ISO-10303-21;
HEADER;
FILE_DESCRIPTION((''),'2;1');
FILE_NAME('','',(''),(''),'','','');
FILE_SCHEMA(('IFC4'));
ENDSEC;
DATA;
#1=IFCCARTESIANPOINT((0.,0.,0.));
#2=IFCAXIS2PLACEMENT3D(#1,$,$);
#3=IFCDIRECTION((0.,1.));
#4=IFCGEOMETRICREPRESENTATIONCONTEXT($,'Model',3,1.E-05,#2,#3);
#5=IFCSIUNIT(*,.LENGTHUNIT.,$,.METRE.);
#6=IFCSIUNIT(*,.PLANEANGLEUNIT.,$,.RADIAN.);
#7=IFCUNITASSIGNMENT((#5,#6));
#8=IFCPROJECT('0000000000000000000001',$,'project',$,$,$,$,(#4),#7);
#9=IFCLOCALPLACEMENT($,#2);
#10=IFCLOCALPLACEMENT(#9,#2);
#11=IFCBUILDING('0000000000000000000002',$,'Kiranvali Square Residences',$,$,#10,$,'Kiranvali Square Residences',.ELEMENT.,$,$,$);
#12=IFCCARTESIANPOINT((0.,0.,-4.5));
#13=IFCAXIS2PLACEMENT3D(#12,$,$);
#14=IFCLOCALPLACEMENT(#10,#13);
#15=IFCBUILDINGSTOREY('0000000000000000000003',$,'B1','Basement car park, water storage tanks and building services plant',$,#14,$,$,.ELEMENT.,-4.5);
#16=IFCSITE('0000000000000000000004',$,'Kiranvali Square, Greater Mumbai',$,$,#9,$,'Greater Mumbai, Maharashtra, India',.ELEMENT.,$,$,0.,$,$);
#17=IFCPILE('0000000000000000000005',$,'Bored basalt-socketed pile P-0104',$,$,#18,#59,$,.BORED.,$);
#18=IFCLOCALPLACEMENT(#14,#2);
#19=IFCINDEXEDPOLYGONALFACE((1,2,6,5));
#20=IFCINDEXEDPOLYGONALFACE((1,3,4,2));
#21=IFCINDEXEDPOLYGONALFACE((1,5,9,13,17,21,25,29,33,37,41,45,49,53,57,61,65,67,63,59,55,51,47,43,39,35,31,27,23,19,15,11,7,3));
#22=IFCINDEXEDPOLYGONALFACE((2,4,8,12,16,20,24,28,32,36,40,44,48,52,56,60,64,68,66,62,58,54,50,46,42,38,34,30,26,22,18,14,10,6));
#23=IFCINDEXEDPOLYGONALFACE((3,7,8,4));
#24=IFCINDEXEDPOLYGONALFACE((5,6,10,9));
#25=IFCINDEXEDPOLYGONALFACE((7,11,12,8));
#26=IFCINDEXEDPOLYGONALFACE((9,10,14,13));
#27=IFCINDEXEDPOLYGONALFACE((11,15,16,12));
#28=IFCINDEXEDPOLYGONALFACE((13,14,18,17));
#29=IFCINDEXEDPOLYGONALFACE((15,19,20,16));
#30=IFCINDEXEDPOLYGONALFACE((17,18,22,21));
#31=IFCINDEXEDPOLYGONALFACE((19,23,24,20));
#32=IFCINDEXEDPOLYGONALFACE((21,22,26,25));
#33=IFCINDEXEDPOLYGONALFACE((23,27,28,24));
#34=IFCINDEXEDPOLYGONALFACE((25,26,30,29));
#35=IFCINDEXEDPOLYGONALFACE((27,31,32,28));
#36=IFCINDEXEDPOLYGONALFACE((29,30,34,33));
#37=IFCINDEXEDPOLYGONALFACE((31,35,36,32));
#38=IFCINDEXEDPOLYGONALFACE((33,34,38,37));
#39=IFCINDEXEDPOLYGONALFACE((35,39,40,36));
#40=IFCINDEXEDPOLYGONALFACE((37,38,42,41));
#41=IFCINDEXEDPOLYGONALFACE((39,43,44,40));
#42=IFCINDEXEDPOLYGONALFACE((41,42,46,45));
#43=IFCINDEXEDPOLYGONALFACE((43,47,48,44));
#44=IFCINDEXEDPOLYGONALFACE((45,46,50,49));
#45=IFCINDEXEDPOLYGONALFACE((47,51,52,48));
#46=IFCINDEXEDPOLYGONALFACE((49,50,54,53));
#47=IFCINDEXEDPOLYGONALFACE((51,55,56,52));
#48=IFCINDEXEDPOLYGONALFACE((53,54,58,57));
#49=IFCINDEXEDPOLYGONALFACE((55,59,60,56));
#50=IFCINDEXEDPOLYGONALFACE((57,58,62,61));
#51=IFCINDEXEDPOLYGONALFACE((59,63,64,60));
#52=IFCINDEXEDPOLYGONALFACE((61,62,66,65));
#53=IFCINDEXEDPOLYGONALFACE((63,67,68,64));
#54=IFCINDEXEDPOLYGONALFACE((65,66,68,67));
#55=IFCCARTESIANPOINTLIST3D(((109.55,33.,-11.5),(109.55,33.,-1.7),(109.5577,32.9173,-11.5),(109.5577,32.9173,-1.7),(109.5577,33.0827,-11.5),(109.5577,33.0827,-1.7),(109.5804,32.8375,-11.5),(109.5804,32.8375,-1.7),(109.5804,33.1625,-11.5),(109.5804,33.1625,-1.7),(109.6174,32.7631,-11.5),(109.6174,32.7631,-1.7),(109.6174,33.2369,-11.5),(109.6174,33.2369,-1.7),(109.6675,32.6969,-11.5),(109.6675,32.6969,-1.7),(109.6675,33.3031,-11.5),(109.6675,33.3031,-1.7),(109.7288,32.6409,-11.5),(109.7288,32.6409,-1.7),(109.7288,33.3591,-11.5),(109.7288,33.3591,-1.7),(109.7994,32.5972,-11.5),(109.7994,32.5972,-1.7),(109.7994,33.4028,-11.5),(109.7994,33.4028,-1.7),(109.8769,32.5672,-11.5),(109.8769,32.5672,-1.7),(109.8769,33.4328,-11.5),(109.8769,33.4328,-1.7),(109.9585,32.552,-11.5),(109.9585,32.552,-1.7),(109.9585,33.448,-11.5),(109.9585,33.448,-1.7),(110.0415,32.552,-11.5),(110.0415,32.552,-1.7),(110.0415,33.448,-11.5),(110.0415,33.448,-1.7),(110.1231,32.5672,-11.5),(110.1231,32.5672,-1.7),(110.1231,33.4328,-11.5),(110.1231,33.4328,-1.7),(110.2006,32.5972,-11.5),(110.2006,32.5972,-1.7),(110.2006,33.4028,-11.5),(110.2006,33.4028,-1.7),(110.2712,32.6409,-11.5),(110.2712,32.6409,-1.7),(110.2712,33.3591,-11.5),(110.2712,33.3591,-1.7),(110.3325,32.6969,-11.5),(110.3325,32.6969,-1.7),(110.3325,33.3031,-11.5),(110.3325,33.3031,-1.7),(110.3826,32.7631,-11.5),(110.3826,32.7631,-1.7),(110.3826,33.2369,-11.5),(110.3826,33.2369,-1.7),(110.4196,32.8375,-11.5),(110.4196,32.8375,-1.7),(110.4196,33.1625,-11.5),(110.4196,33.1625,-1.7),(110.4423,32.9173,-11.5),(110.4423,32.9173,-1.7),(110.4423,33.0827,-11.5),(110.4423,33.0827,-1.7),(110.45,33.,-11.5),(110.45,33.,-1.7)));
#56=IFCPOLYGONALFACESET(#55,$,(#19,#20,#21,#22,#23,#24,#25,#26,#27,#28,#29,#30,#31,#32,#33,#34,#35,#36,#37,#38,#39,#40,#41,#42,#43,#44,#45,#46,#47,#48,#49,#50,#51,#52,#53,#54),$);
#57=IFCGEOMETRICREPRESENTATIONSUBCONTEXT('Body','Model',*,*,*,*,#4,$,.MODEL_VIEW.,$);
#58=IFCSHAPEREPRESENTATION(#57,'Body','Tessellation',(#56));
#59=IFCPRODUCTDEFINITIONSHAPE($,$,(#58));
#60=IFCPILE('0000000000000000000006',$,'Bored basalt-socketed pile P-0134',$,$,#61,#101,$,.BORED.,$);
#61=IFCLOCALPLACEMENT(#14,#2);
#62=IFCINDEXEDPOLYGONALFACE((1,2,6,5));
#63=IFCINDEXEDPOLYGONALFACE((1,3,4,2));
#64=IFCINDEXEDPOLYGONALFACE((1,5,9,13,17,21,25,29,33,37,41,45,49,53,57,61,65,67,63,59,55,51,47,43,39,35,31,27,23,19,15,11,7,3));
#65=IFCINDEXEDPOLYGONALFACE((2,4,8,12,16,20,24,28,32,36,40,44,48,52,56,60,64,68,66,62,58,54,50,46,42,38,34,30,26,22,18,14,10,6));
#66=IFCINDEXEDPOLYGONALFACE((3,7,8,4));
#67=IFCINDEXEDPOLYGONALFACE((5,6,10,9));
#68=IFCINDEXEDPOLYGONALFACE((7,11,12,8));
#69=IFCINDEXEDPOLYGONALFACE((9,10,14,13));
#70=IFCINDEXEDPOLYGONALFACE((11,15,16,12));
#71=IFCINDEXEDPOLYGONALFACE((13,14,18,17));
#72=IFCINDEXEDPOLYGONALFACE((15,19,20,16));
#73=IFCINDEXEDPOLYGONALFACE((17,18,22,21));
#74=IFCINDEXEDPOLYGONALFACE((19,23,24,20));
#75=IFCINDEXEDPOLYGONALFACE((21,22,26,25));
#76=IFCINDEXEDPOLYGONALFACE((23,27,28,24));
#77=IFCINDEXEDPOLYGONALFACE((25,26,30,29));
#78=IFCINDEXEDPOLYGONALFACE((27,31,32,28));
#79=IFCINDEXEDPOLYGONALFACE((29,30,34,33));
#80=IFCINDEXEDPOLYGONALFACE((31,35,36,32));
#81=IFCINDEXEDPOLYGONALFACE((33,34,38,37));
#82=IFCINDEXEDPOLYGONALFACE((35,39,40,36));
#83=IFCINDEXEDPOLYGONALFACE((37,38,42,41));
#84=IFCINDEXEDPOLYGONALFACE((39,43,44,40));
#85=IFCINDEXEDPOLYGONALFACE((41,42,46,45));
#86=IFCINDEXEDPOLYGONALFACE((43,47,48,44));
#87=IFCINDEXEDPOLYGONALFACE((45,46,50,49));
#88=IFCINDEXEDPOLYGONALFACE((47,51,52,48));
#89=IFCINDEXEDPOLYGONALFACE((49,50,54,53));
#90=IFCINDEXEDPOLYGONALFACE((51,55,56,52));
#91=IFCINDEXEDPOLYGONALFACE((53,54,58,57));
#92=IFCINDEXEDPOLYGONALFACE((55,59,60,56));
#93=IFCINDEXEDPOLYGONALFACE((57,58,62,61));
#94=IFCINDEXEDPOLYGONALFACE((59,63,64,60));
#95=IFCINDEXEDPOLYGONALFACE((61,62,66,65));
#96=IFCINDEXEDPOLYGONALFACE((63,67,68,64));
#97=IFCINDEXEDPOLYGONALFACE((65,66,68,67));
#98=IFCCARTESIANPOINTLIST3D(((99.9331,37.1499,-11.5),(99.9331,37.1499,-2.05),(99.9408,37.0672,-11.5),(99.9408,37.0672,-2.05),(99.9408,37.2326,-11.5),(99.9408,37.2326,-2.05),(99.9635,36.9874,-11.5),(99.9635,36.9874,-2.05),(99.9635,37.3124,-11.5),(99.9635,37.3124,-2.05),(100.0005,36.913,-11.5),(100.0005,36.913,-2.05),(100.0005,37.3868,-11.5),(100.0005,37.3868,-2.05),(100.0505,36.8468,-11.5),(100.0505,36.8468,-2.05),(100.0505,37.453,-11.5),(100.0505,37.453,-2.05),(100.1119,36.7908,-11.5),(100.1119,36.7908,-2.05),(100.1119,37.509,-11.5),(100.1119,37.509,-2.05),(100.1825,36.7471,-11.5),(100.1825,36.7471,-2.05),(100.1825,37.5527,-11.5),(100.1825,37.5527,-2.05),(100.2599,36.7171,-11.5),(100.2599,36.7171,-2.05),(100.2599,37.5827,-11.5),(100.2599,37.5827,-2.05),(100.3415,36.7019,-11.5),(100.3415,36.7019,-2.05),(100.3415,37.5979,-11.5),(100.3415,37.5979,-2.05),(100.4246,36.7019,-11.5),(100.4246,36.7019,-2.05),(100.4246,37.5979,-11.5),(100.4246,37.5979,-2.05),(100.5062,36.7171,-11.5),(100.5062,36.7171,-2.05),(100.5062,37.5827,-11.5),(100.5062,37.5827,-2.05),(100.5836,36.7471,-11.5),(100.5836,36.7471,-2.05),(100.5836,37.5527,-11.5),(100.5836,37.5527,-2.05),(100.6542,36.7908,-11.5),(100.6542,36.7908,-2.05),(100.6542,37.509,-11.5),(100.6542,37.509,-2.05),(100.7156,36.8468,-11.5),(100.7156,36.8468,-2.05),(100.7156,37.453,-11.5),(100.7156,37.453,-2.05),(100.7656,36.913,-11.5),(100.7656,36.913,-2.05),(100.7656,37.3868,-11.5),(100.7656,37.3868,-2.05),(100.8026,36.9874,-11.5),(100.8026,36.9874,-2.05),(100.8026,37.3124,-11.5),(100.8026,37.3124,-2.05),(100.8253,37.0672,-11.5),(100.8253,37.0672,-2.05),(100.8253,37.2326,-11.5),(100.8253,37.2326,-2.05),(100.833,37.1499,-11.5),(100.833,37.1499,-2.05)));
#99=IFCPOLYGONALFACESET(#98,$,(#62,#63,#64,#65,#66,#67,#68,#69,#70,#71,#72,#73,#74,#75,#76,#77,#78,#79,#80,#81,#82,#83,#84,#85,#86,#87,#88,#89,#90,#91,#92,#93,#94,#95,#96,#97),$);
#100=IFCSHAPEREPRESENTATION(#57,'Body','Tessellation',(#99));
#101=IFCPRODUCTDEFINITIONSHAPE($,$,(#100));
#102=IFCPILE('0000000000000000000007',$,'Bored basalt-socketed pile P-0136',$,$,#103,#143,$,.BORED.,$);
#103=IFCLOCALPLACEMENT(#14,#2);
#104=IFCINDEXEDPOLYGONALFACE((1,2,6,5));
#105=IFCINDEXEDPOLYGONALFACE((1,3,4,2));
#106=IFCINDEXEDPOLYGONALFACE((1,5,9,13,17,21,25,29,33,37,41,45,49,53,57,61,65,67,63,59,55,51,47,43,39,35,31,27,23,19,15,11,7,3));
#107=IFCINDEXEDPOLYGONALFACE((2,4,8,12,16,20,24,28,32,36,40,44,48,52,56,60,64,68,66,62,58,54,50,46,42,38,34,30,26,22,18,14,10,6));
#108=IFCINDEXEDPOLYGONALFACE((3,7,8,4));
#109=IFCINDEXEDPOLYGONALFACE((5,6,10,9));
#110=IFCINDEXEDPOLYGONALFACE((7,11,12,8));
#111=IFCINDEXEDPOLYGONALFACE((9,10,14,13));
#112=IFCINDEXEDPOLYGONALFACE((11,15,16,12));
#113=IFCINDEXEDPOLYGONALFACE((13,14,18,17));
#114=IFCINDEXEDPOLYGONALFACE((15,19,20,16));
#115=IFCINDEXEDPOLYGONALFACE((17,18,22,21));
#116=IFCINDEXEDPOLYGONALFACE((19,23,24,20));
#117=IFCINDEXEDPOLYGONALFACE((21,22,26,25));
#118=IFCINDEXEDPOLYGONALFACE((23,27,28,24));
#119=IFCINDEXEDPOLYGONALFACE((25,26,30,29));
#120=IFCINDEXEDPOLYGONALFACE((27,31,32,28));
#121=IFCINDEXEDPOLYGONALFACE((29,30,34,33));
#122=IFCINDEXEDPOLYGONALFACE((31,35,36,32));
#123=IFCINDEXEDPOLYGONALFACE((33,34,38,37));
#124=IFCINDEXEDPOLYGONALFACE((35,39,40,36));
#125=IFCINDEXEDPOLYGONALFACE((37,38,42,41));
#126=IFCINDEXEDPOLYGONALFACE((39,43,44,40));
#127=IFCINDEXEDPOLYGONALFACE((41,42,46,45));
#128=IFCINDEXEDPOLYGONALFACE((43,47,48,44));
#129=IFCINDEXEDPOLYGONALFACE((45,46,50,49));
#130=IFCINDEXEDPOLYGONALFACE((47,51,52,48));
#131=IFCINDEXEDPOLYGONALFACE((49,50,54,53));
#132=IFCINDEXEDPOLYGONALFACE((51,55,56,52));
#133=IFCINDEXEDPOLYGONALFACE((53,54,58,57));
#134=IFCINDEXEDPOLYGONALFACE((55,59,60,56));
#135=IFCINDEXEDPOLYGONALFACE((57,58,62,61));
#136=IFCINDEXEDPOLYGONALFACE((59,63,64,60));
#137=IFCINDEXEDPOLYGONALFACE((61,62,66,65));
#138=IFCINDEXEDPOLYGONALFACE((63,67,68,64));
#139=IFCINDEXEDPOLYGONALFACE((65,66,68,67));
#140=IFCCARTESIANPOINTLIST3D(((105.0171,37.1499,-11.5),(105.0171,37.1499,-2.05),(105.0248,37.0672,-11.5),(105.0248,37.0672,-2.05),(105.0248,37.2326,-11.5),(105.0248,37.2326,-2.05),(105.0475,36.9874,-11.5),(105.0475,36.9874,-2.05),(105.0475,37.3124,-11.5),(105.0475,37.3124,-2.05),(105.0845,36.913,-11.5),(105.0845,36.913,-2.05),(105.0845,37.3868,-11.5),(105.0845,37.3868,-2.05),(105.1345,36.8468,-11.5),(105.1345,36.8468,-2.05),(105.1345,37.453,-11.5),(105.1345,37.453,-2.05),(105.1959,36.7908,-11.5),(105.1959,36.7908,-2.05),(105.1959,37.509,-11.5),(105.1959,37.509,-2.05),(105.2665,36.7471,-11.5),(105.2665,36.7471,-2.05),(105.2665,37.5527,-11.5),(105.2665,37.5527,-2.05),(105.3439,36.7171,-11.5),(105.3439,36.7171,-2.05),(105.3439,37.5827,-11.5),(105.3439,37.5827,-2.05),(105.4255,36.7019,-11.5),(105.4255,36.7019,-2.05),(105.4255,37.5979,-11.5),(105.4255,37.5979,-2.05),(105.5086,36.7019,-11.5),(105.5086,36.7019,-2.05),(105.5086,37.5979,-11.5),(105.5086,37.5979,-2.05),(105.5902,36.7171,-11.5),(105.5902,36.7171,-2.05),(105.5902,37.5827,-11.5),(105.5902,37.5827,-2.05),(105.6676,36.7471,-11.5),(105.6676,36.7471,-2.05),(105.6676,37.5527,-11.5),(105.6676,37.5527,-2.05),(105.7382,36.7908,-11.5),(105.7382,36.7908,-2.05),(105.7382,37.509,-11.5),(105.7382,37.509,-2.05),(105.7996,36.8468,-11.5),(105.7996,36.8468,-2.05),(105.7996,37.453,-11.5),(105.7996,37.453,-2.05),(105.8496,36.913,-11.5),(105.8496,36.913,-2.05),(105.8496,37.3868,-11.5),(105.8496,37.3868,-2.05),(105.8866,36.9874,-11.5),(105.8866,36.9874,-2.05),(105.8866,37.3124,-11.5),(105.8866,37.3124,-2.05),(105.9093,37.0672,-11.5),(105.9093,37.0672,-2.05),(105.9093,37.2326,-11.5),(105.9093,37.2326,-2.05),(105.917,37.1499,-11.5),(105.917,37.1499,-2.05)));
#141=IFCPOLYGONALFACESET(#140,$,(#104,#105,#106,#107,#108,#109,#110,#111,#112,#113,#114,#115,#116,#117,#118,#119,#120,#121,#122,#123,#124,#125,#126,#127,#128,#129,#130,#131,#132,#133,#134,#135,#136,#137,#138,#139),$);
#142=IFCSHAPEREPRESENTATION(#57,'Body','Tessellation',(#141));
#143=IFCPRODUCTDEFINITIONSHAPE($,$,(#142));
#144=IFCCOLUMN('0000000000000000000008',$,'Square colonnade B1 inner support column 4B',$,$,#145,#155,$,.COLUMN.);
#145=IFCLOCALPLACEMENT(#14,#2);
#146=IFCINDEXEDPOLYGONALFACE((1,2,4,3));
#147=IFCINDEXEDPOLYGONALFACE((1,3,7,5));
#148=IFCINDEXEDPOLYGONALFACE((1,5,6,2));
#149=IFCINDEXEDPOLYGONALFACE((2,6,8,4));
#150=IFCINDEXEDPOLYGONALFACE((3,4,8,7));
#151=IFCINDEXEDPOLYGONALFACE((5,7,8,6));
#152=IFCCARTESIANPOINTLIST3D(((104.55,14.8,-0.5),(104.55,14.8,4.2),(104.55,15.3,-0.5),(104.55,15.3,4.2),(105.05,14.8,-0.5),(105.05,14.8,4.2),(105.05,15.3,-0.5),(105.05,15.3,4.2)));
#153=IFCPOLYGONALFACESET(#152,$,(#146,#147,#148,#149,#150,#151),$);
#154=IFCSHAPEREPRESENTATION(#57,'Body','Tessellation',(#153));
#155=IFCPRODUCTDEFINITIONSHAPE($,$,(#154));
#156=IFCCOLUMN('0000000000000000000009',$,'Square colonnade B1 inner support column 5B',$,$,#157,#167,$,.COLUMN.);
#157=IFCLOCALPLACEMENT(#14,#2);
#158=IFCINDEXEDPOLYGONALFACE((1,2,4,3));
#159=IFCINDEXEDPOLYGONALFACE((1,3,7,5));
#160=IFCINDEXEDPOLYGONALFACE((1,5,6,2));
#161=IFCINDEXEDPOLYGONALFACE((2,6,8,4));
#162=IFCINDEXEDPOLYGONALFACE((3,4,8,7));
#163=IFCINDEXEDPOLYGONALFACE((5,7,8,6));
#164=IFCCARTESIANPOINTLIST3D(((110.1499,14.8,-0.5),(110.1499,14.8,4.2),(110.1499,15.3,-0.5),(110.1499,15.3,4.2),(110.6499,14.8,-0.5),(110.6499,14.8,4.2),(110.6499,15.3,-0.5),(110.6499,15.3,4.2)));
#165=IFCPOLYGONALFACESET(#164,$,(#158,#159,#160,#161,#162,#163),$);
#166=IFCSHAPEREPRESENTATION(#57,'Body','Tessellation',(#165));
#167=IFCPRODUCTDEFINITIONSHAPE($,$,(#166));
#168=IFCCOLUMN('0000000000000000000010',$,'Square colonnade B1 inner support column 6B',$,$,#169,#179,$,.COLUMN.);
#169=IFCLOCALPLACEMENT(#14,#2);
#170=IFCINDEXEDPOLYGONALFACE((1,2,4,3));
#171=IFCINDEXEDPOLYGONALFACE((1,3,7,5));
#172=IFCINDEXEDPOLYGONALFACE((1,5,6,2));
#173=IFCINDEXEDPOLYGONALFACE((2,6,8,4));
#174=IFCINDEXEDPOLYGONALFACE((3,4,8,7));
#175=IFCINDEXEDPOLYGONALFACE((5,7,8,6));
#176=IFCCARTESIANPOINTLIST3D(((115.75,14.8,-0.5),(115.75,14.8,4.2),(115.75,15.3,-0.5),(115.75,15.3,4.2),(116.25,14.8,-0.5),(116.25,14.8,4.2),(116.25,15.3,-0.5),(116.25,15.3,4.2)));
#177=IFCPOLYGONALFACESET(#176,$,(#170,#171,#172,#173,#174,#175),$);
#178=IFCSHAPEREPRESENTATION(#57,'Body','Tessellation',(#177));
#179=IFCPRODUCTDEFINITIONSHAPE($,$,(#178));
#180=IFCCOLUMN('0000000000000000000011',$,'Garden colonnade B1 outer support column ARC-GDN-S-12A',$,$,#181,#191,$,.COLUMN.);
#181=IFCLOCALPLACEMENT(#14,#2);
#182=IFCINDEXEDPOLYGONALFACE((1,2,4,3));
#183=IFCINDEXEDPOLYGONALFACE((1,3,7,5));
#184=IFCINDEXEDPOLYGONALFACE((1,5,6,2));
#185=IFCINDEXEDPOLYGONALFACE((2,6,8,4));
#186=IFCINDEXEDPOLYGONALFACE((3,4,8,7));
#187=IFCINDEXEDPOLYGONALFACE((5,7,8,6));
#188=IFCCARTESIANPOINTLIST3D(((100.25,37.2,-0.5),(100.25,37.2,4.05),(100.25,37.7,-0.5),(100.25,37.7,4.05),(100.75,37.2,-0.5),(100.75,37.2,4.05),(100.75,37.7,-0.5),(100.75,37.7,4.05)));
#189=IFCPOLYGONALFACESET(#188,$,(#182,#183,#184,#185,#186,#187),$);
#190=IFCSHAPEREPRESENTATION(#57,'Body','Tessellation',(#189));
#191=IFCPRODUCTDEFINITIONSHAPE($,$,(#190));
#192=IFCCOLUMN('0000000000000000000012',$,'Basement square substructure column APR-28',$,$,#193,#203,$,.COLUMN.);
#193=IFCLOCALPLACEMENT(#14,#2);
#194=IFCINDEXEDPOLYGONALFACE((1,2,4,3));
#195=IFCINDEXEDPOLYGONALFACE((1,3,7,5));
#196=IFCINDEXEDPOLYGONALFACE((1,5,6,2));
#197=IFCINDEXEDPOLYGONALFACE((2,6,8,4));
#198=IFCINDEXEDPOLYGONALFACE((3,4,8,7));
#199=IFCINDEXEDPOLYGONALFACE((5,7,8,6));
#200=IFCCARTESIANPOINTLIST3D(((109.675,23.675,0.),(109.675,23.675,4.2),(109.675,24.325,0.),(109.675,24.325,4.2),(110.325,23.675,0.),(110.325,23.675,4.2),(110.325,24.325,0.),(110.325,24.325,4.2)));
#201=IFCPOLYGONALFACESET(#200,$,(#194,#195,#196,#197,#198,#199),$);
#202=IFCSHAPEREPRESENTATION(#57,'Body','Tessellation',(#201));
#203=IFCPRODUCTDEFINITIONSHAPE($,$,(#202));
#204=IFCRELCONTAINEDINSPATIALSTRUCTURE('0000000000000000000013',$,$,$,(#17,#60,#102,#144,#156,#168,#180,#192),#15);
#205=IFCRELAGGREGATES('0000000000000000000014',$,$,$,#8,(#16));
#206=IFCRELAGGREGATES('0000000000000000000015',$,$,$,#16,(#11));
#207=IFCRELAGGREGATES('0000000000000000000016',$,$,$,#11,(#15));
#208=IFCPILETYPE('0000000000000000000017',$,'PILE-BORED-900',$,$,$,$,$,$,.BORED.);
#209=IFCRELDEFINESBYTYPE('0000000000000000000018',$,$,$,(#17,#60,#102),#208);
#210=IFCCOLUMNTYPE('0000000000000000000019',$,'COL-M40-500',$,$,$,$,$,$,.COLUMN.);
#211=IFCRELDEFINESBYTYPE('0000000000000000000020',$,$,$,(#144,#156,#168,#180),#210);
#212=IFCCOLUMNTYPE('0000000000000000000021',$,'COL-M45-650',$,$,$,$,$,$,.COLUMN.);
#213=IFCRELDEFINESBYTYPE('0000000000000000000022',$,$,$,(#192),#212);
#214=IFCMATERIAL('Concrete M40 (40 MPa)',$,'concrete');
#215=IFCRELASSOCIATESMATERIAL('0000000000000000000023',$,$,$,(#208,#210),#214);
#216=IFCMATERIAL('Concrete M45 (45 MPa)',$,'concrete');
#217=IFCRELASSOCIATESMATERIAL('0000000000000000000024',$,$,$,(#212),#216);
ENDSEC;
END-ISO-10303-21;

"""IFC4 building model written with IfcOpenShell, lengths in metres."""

from ifc_helpers import new_model, si_unit, direction, frame, origin, origin_2d, place, context, subcontext, project, spatial, rectangle, circle, extrude, material, material_profile, profile_set, type_object, element, save


model = new_model("IFC4")

# Units and contexts
model_context = context("Model", 3, precision=1e-05, world=origin(), true_north=direction((0.0, 1.0)))
body_context = subcontext(model_context, "Body", "Model", "MODEL_VIEW")
ifc_project = project(units=[si_unit("LENGTHUNIT", "METRE"), si_unit("PLANEANGLEUNIT", "RADIAN")], contexts=[model_context])

# Site, building, storey
site_placement = place(None, origin())
site = spatial("IfcSite", under=ifc_project, at=site_placement, Name="Kiranvali Square, Greater Mumbai", LongName="Greater Mumbai, Maharashtra, India", CompositionType="ELEMENT", RefElevation=0.0)
building_placement = place(site_placement, origin())
building = spatial("IfcBuilding", under=site, at=building_placement, Name="Kiranvali Square Residences", LongName="Kiranvali Square Residences", CompositionType="ELEMENT")
storey_placement = place(building_placement, frame((0.0, 0.0, -4.5)))
storey = spatial("IfcBuildingStorey", under=building, at=storey_placement, Name="B1", Description="Basement car park, water storage tanks and building services plant", CompositionType="ELEMENT", Elevation=-4.5)

# Shared definitions
ifc_material_1 = material(Name="Concrete M40 (40 MPa)", Category="concrete")

# Piles
ifc_material_profile_1 = material_profile(ifc_material_1, circle(Radius=0.45, at=origin_2d()), Name="BORED PILE 900")
ifc_profile_set_1 = profile_set([ifc_material_profile_1], Name="Concrete M40 (40 MPa)")
pile_type = type_object("IfcPileType", Name="PILE-BORED-900", PredefinedType="BORED", material=ifc_profile_set_1)
for number, where, z_axis, x_axis, name in (
    (1, (110.0, 33.0, -1.7), (0.0, 0.0, -1.0), (1.0, 0.0, 0.0), "Bored basalt-socketed pile P-0104"),
):
    element("IfcPile", number, at=place(storey_placement, frame(where, z_axis=z_axis, x_axis=x_axis)), inside=storey, type_object=pile_type, Name=name, PredefinedType="BORED", context=body_context, shape_type="SweptSolid", body=[
        extrude(circle(Radius=0.45, at=origin_2d()), origin(), (0.0, 0.0, 1.0), 9.8),
    ])
for number, where, z_axis, x_axis, name in (
    (2, (100.3831, 37.1499, -2.05), (0.0, 0.0, -1.0), (1.0, 0.0, 0.0), "Bored basalt-socketed pile P-0134"),
    (3, (105.467, 37.1499, -2.05), (0.0, 0.0, -1.0), (1.0, 0.0, 0.0), "Bored basalt-socketed pile P-0136"),
):
    element("IfcPile", number, at=place(storey_placement, frame(where, z_axis=z_axis, x_axis=x_axis)), inside=storey, type_object=pile_type, Name=name, PredefinedType="BORED", context=body_context, shape_type="SweptSolid", body=[
        extrude(circle(Radius=0.45, at=origin_2d()), origin(), (0.0, 0.0, 1.0), 9.45),
    ])

# Columns
ifc_material_profile_2 = material_profile(ifc_material_1, rectangle(XDim=0.5, YDim=0.5, at=origin_2d()), Name="RC 500x500")
ifc_profile_set_2 = profile_set([ifc_material_profile_2], Name="Concrete M40 (40 MPa)")
column_type_1 = type_object("IfcColumnType", Name="COL-M40-500", PredefinedType="COLUMN", material=ifc_profile_set_2)
for number, where, z_axis, x_axis, name in (
    (4, (104.8, 15.05, -0.5), (0.0, 0.0, 1.0), (1.0, 0.0, 0.0), "Square colonnade B1 inner support column 4B"),
    (5, (110.3999, 15.05, -0.5), (0.0, 0.0, 1.0), (1.0, 0.0, 0.0), "Square colonnade B1 inner support column 5B"),
    (6, (116.0, 15.05, -0.5), (0.0, 0.0, 1.0), (1.0, 0.0, 0.0), "Square colonnade B1 inner support column 6B"),
):
    element("IfcColumn", number, at=place(storey_placement, frame(where, z_axis=z_axis, x_axis=x_axis)), inside=storey, type_object=column_type_1, Name=name, PredefinedType="COLUMN", context=body_context, shape_type="SweptSolid", body=[
        extrude(rectangle(XDim=0.5, YDim=0.5, at=origin_2d()), origin(), (0.0, 0.0, 1.0), 4.7),
    ])
column_placement = place(storey_placement, frame((100.5, 37.45, -0.5), z_axis=(0.0, 0.0, 1.0), x_axis=(1.0, 0.0, 0.0)))
element("IfcColumn", 7, at=column_placement, inside=storey, type_object=column_type_1, Name="Garden colonnade B1 outer support column ARC-GDN-S-12A", PredefinedType="COLUMN", context=body_context, shape_type="SweptSolid", body=[
    extrude(rectangle(XDim=0.5, YDim=0.5, at=origin_2d()), origin(), (0.0, 0.0, 1.0), 4.55),
])
ifc_material_2 = material(Name="Concrete M45 (45 MPa)", Category="concrete")
ifc_material_profile_3 = material_profile(ifc_material_2, rectangle(XDim=0.6499, YDim=0.6499, at=origin_2d()), Name="RC 650x650")
ifc_profile_set_3 = profile_set([ifc_material_profile_3], Name="Concrete M45 (45 MPa)")
column_type_2 = type_object("IfcColumnType", Name="COL-M45-650", PredefinedType="COLUMN", material=ifc_profile_set_3)
for number, where, z_axis, x_axis, name in (
    (8, (110.0, 24.0, 0.0), (0.0, 0.0, 1.0), (1.0, 0.0, 0.0), "Basement square substructure column APR-28"),
):
    element("IfcColumn", number, at=place(storey_placement, frame(where, z_axis=z_axis, x_axis=x_axis)), inside=storey, type_object=column_type_2, Name=name, PredefinedType="COLUMN", context=body_context, shape_type="SweptSolid", body=[
        extrude(rectangle(XDim=0.6499, YDim=0.6499, at=origin_2d()), origin(), (0.0, 0.0, 1.0), 4.2),
    ])

save(model, "model.ifc")
